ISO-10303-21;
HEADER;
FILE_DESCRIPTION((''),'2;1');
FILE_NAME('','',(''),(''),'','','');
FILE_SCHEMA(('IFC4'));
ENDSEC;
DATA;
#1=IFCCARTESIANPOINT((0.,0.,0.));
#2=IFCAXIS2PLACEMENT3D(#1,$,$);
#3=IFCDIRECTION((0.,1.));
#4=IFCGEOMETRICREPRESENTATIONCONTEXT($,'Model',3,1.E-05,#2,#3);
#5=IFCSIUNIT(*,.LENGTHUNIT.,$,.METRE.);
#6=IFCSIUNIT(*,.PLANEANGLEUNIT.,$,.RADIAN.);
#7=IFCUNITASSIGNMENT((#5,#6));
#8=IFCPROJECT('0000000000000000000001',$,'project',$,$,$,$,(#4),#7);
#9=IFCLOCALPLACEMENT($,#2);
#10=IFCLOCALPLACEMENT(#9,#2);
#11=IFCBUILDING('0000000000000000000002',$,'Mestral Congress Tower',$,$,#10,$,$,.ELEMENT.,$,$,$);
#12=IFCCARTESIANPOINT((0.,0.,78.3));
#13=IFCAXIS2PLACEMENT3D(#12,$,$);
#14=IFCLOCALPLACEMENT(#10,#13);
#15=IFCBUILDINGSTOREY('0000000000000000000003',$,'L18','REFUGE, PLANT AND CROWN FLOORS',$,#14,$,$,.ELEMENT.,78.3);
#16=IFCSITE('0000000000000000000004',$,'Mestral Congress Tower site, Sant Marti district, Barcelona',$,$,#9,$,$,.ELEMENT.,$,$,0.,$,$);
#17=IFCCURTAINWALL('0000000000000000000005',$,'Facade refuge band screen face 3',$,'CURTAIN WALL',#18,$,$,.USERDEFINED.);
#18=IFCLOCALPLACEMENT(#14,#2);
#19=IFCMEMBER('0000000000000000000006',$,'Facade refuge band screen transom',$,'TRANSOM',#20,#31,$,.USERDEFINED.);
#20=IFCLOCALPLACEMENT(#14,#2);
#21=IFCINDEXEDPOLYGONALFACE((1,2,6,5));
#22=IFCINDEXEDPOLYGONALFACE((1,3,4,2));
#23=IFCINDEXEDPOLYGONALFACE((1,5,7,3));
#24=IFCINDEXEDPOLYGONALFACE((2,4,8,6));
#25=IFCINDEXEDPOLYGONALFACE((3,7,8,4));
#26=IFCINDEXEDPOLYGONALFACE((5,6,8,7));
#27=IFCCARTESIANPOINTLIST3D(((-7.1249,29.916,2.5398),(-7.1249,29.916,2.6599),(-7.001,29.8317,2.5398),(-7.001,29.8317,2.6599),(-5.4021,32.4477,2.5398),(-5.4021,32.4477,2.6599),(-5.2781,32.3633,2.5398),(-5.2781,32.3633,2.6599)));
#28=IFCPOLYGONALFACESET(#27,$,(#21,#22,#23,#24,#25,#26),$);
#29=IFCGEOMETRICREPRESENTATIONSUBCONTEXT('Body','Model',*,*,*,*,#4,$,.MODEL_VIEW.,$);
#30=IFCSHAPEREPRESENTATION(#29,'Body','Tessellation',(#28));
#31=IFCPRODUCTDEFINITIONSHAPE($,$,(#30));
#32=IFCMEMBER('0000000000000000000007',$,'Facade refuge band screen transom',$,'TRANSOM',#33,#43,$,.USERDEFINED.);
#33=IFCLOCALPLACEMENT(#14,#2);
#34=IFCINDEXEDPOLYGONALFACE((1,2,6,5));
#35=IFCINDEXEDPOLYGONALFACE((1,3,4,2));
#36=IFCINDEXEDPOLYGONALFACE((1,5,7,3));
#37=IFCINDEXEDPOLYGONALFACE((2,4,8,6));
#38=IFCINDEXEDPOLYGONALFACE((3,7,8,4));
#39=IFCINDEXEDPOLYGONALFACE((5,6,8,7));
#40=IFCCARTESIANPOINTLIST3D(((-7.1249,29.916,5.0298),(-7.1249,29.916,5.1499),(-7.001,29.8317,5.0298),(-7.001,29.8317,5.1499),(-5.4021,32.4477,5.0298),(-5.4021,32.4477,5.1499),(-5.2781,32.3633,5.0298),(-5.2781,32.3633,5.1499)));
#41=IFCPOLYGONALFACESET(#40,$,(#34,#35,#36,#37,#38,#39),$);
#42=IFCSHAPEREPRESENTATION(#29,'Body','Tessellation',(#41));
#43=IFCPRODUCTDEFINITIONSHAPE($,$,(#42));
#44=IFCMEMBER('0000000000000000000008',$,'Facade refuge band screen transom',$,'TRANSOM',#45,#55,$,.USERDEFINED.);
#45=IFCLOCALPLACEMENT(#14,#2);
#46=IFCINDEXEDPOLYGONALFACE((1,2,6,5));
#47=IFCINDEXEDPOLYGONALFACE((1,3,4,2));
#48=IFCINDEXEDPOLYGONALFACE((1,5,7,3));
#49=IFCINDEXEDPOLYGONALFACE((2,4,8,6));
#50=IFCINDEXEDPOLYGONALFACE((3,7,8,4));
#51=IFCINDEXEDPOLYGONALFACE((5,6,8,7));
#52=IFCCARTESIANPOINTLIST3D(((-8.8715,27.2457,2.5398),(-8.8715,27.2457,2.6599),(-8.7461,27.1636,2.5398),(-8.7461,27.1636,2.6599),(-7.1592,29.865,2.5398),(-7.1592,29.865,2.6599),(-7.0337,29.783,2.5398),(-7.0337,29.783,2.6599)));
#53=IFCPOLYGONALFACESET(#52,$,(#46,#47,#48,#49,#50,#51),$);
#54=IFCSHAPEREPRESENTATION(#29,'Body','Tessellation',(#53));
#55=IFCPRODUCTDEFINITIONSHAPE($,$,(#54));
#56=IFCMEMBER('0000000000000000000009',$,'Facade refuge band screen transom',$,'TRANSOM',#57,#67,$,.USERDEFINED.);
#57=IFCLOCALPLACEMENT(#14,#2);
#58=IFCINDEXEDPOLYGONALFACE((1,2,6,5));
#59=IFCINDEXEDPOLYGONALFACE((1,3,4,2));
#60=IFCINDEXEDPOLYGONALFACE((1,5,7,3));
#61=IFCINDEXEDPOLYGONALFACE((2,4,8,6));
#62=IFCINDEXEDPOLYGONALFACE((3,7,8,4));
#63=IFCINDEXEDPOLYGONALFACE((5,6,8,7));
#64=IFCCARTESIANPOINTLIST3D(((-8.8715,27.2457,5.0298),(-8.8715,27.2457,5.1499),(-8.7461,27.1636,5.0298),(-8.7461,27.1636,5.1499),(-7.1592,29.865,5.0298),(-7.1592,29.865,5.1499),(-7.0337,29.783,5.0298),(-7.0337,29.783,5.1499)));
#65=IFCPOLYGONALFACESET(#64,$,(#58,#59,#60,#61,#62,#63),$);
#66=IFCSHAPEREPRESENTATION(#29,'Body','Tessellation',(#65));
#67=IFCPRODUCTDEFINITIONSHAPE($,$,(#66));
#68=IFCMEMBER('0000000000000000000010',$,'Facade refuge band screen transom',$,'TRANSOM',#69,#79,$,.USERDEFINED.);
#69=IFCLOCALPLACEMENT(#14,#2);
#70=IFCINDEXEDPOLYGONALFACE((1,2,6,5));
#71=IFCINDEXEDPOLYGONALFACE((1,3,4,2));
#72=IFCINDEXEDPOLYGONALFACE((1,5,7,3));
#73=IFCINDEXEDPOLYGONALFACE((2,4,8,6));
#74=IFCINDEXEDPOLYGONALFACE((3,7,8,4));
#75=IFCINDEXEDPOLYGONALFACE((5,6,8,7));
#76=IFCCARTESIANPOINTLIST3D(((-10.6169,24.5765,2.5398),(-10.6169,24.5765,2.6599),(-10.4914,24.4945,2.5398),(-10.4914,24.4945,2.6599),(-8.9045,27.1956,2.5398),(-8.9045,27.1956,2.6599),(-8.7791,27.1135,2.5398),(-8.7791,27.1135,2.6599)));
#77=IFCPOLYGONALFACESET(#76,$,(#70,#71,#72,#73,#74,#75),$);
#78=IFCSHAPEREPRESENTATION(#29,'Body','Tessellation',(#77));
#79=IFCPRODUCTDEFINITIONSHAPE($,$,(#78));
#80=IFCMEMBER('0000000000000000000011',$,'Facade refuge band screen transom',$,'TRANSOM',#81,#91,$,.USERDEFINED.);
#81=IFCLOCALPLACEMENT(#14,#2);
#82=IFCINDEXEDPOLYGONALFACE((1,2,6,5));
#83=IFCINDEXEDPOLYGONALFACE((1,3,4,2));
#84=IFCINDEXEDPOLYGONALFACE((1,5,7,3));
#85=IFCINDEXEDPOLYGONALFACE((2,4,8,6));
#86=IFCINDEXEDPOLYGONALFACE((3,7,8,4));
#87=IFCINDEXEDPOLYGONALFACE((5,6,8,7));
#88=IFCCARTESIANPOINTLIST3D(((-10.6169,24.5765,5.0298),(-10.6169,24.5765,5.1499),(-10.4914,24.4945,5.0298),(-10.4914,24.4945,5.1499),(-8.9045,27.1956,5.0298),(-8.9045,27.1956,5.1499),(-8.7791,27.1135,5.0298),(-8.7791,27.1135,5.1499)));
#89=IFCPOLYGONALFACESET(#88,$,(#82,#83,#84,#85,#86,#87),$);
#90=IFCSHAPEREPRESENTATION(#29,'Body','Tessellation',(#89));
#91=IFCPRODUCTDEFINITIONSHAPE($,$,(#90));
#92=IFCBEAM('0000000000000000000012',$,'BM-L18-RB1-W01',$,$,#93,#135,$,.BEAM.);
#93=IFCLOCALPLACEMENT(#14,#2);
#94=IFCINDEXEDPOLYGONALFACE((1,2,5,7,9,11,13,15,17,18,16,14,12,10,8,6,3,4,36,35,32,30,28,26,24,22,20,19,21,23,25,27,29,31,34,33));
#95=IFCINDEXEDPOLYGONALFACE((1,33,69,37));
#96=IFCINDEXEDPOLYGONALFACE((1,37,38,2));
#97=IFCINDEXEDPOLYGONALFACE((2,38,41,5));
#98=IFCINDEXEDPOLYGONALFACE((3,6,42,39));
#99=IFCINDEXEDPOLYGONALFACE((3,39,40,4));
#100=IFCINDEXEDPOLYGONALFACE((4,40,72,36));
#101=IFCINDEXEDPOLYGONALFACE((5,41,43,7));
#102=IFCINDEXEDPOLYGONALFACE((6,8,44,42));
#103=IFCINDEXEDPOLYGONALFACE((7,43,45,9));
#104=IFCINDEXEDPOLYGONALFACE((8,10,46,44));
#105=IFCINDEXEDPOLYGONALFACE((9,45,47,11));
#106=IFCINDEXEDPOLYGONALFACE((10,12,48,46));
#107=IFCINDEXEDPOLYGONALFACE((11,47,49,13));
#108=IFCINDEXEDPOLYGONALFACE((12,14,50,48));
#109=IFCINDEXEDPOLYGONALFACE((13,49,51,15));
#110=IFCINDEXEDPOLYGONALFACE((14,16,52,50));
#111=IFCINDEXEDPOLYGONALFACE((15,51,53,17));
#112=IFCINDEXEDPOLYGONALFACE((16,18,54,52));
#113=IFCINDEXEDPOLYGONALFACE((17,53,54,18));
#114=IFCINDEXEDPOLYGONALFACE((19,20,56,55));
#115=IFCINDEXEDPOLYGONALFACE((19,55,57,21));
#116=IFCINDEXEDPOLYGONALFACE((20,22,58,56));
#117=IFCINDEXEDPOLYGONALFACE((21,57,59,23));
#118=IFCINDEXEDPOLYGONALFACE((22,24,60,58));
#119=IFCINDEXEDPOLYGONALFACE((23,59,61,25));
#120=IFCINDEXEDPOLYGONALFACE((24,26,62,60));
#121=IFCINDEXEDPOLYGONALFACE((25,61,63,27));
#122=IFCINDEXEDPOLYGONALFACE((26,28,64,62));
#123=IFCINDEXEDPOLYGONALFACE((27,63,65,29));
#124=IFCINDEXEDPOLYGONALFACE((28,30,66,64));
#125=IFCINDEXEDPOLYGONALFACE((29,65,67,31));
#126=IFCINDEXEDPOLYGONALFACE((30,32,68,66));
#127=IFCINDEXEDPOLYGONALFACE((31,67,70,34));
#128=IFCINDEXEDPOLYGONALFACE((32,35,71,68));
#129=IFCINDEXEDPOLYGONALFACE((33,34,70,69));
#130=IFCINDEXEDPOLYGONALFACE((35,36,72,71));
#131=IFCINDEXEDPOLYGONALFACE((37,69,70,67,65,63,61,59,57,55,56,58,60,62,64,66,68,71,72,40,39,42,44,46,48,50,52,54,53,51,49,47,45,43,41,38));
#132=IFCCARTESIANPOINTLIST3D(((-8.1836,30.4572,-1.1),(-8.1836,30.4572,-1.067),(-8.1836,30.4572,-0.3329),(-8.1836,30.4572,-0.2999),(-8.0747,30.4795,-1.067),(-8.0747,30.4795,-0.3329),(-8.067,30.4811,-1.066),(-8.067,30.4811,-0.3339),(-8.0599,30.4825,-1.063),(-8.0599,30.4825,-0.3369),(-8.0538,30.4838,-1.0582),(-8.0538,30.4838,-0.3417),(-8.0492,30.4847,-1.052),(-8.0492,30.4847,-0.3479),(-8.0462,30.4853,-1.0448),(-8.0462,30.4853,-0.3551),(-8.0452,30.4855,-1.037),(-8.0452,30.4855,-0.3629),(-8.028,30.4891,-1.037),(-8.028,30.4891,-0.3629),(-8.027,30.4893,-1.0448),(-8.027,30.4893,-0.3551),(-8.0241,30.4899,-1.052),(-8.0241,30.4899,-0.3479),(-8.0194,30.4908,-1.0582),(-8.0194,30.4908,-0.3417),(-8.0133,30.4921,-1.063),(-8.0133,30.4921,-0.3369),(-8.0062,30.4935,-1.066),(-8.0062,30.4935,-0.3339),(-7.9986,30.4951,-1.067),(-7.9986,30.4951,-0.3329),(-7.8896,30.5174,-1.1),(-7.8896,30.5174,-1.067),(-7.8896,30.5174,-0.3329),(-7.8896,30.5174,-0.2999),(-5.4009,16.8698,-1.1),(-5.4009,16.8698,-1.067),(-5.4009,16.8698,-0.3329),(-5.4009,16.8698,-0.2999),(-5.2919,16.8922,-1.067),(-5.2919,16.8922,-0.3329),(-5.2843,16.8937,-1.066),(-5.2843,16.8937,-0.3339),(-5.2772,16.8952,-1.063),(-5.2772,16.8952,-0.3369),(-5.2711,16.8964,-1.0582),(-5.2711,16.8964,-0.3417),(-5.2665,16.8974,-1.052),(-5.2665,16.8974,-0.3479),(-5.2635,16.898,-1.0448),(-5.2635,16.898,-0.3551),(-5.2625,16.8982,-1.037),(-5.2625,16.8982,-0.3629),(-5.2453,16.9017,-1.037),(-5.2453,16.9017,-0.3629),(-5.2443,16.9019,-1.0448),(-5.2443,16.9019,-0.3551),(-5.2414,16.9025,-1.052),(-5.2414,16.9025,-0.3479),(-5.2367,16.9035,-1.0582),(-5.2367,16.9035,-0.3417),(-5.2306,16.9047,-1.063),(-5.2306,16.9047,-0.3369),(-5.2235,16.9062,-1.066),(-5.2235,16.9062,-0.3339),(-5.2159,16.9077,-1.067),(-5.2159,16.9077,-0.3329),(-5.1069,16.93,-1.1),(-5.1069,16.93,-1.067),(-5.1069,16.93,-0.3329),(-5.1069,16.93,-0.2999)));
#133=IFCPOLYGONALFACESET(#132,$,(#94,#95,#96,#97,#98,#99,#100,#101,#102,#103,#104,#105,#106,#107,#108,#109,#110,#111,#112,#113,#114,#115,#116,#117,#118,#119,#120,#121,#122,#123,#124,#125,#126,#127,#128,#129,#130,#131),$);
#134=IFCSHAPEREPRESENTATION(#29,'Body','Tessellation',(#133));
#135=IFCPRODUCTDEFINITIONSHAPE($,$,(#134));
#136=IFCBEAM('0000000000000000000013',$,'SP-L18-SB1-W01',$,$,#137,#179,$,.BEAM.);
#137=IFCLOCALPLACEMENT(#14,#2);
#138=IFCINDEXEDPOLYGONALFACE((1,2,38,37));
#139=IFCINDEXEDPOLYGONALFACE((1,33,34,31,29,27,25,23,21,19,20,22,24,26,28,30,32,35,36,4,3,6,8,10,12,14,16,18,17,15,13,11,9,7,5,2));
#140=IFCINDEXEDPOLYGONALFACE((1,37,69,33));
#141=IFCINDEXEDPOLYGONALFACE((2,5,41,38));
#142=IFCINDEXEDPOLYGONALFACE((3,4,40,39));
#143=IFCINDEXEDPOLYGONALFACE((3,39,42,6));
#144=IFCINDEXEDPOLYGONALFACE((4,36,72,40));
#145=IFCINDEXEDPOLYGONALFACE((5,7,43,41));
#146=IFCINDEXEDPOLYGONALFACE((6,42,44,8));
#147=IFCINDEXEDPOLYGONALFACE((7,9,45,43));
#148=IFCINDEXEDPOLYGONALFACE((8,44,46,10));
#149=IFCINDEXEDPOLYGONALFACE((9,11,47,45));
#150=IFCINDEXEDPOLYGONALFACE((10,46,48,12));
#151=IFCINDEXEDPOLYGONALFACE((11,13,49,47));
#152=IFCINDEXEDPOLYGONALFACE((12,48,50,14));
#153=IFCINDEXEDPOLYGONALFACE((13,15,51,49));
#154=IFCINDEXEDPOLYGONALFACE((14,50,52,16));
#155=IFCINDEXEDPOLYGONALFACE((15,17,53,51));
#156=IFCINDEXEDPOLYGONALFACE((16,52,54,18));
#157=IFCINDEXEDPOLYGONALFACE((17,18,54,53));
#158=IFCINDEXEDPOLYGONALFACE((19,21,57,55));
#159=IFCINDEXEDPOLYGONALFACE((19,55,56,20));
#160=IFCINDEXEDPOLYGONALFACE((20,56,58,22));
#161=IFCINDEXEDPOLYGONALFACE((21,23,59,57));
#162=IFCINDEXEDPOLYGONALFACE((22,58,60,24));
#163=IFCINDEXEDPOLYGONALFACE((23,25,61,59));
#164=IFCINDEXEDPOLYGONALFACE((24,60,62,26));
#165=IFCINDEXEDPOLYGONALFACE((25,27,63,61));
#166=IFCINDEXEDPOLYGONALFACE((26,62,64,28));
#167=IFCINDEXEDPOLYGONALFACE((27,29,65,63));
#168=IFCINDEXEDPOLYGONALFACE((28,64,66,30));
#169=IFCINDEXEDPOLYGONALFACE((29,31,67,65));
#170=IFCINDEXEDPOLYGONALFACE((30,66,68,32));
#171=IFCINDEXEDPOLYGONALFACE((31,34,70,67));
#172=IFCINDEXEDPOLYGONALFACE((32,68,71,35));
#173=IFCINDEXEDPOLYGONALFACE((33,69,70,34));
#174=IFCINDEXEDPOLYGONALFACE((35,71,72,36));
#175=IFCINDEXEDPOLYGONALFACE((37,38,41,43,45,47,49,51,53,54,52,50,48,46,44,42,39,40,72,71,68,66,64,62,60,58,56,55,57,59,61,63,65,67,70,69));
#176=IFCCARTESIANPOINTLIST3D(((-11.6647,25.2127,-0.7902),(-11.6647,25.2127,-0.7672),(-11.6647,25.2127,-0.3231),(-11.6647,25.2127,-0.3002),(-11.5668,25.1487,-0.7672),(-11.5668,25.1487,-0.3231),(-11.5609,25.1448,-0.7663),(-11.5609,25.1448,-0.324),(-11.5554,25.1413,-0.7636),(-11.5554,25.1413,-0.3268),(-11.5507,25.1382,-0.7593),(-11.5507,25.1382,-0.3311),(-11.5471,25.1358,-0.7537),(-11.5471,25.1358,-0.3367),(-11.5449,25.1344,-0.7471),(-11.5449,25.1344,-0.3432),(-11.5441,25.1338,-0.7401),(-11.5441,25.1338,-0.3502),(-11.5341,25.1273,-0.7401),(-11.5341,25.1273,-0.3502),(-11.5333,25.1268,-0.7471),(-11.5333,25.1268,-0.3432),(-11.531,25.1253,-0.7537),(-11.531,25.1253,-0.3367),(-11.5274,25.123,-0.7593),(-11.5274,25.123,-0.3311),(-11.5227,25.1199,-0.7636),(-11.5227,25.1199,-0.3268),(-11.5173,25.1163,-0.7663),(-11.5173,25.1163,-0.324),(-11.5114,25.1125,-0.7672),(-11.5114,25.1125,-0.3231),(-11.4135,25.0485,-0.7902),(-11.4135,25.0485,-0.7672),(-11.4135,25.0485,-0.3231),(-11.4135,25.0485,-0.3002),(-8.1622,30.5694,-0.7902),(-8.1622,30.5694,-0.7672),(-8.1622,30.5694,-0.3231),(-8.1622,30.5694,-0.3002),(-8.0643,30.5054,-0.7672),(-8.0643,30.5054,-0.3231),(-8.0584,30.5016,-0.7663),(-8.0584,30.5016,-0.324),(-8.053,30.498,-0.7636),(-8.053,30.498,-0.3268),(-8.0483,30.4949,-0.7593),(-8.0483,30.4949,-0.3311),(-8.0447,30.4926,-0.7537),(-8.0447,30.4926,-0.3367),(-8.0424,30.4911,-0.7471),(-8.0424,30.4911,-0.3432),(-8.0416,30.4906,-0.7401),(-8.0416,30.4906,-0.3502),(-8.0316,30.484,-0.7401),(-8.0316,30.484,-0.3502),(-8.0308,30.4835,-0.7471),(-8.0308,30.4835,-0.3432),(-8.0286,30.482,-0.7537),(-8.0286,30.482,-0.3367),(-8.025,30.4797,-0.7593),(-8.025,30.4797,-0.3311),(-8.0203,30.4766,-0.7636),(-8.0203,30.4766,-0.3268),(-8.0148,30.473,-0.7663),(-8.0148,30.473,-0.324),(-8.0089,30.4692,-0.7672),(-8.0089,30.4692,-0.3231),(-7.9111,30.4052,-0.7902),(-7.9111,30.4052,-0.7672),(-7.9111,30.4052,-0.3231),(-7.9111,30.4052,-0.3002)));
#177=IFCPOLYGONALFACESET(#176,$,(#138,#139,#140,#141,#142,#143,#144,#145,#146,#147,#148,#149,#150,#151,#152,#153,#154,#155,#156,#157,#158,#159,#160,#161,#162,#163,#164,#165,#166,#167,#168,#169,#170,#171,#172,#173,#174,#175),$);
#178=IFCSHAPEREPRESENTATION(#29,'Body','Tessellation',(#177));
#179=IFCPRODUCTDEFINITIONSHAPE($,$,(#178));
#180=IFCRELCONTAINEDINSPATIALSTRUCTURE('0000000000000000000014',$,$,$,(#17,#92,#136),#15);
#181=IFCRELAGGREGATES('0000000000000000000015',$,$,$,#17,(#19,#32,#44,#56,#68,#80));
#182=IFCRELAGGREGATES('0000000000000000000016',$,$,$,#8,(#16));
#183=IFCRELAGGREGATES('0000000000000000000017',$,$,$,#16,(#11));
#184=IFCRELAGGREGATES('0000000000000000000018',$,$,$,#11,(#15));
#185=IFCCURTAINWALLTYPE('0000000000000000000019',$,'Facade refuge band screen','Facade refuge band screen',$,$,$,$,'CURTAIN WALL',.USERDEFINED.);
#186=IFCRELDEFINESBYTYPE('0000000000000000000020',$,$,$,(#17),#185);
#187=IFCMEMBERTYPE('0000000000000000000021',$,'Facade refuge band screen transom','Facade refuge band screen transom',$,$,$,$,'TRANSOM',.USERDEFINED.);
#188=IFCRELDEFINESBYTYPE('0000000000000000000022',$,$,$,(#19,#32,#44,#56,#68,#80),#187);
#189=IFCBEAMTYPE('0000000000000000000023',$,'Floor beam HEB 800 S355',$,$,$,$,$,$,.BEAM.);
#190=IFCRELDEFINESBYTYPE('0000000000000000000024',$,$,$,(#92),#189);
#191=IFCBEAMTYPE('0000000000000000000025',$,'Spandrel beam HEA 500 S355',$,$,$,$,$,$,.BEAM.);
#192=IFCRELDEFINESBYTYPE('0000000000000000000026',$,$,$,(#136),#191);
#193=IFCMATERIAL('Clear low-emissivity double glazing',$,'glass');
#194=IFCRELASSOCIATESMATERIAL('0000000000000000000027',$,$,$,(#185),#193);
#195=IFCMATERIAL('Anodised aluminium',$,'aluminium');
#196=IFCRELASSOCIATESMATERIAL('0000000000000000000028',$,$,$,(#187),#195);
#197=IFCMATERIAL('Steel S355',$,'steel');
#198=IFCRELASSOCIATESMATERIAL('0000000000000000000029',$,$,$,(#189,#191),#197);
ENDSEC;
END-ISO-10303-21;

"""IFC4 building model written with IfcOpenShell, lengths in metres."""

from ifc_helpers import new_model, si_unit, direction, frame, origin, origin_2d, place, context, subcontext, project, spatial, rectangle, i_section, extrude, material, material_profile, profile_set, type_object, element, aggregate, save


model = new_model("IFC4")

# Units and contexts
model_context = context("Model", 3, precision=1e-05, world=origin(), true_north=direction((0.0, 1.0)))
body_context = subcontext(model_context, "Body", "Model", "MODEL_VIEW")
ifc_project = project(units=[si_unit("LENGTHUNIT", "METRE"), si_unit("PLANEANGLEUNIT", "RADIAN")], contexts=[model_context])

# Site, building, storey
site_placement = place(None, origin())
site = spatial("IfcSite", under=ifc_project, at=site_placement, Name="Mestral Congress Tower site, Sant Marti district, Barcelona", CompositionType="ELEMENT", RefElevation=0.0)
building_placement = place(site_placement, origin())
building = spatial("IfcBuilding", under=site, at=building_placement, Name="Mestral Congress Tower", CompositionType="ELEMENT")
storey_placement = place(building_placement, frame((0.0, 0.0, 78.3)))
storey = spatial("IfcBuildingStorey", under=building, at=storey_placement, Name="L18", Description="REFUGE, PLANT AND CROWN FLOORS", CompositionType="ELEMENT", Elevation=78.3)

# Shared definitions
ifc_material_1 = material(Name="Steel S355", Category="steel")

# Curtain wall, members
ifc_material_2 = material(Name="Clear low-emissivity double glazing", Category="glass")
curtain_wall_type = type_object("IfcCurtainWallType", Name="Facade refuge band screen", Description="Facade refuge band screen", ElementType="CURTAIN WALL", PredefinedType="USERDEFINED", material=ifc_material_2)
curtain_wall_placement = place(storey_placement, origin())
curtain_wall = element("IfcCurtainWall", 1, at=curtain_wall_placement, inside=storey, type_object=curtain_wall_type, Name="Facade refuge band screen face 3", ObjectType="CURTAIN WALL", PredefinedType="USERDEFINED")
ifc_material_3 = material(Name="Anodised aluminium", Category="aluminium")
ifc_material_profile_1 = material_profile(ifc_material_3, rectangle(XDim=0.1499, YDim=0.1201, at=origin_2d()), Name="CW3 transom 150 x 120")
ifc_profile_set_1 = profile_set([ifc_material_profile_1], Name="Anodised aluminium")
member_type_1 = type_object("IfcMemberType", Name="Facade refuge band screen transom", Description="Facade refuge band screen transom", ElementType="TRANSOM", PredefinedType="USERDEFINED", material=ifc_profile_set_1)
member_1_placement = place(storey_placement, frame((-5.3401, 32.4055, 2.5999), z_axis=(-0.562604, -0.826726, 0.0), x_axis=(0.826726, -0.562604, 0.0)))
member_1 = element("IfcMember", 2, at=member_1_placement, type_object=member_type_1, Name="Facade refuge band screen transom", ObjectType="TRANSOM", PredefinedType="USERDEFINED", context=body_context, shape_type="SweptSolid", body=[
    extrude(rectangle(XDim=0.1499, YDim=0.1201, at=origin_2d()), origin(), (0.0, 0.0, 1.0), 3.0623),
])
member_2_placement = place(storey_placement, frame((-5.3401, 32.4055, 5.0898), z_axis=(-0.562604, -0.826726, 0.0), x_axis=(0.826726, -0.562604, 0.0)))
member_2 = element("IfcMember", 3, at=member_2_placement, type_object=member_type_1, Name="Facade refuge band screen transom", ObjectType="TRANSOM", PredefinedType="USERDEFINED", context=body_context, shape_type="SweptSolid", body=[
    extrude(rectangle(XDim=0.1499, YDim=0.1201, at=origin_2d()), origin(), (0.0, 0.0, 1.0), 3.0623),
])
member_3_placement = place(storey_placement, frame((-7.0964, 29.824, 2.5999), z_axis=(-0.547188, -0.837009, 0.0), x_axis=(0.837009, -0.547188, 0.0)))
member_3 = element("IfcMember", 4, at=member_3_placement, type_object=member_type_1, Name="Facade refuge band screen transom", ObjectType="TRANSOM", PredefinedType="USERDEFINED", context=body_context, shape_type="SweptSolid", body=[
    extrude(rectangle(XDim=0.1499, YDim=0.1201, at=origin_2d()), origin(), (0.0, 0.0, 1.0), 3.1294),
])
member_4_placement = place(storey_placement, frame((-7.0964, 29.824, 5.0898), z_axis=(-0.547188, -0.837009, 0.0), x_axis=(0.837009, -0.547188, 0.0)))
member_4 = element("IfcMember", 5, at=member_4_placement, type_object=member_type_1, Name="Facade refuge band screen transom", ObjectType="TRANSOM", PredefinedType="USERDEFINED", context=body_context, shape_type="SweptSolid", body=[
    extrude(rectangle(XDim=0.1499, YDim=0.1201, at=origin_2d()), origin(), (0.0, 0.0, 1.0), 3.1294),
])
member_5_placement = place(storey_placement, frame((-8.8418, 27.1545, 2.5999), z_axis=(-0.547224, -0.836986, 0.0), x_axis=(0.836986, -0.547224, 0.0)))
member_5 = element("IfcMember", 6, at=member_5_placement, type_object=member_type_1, Name="Facade refuge band screen transom", ObjectType="TRANSOM", PredefinedType="USERDEFINED", context=body_context, shape_type="SweptSolid", body=[
    extrude(rectangle(XDim=0.1499, YDim=0.1201, at=origin_2d()), origin(), (0.0, 0.0, 1.0), 3.1292),
])
member_6_placement = place(storey_placement, frame((-8.8418, 27.1545, 5.0898), z_axis=(-0.547224, -0.836986, 0.0), x_axis=(0.836986, -0.547224, 0.0)))
member_6 = element("IfcMember", 7, at=member_6_placement, type_object=member_type_1, Name="Facade refuge band screen transom", ObjectType="TRANSOM", PredefinedType="USERDEFINED", context=body_context, shape_type="SweptSolid", body=[
    extrude(rectangle(XDim=0.1499, YDim=0.1201, at=origin_2d()), origin(), (0.0, 0.0, 1.0), 3.1292),
])

# Beams
ifc_material_profile_2 = material_profile(ifc_material_1, i_section(OverallWidth=0.3, OverallDepth=0.8, WebThickness=0.0176, FlangeThickness=0.033, FilletRadius=0.03, at=origin_2d()), Name="HEB 800")
ifc_profile_set_2 = profile_set([ifc_material_profile_2], Name="Steel S355")
beam_type_1 = type_object("IfcBeamType", Name="Floor beam HEB 800 S355", PredefinedType="BEAM", material=ifc_profile_set_2)
beam_1_placement = place(storey_placement, frame((-8.0366, 30.4873, -0.7), z_axis=(0.200637, -0.979666, 0.0), x_axis=(0.979666, 0.200637, 0.0)))
element("IfcBeam", 8, at=beam_1_placement, inside=storey, type_object=beam_type_1, Name="BM-L18-RB1-W01", PredefinedType="BEAM", context=body_context, shape_type="SweptSolid", body=[
    extrude(i_section(OverallWidth=0.3, OverallDepth=0.8, WebThickness=0.0176, FlangeThickness=0.033, FilletRadius=0.03, at=origin_2d()), origin(), (0.0, 0.0, 1.0), 13.8694),
])
ifc_material_profile_3 = material_profile(ifc_material_1, i_section(OverallWidth=0.3, OverallDepth=0.49, WebThickness=0.012, FlangeThickness=0.0229, FilletRadius=0.0271, at=origin_2d()), Name="HEA 500")
ifc_profile_set_3 = profile_set([ifc_material_profile_3], Name="Steel S355")
beam_type_2 = type_object("IfcBeamType", Name="Spandrel beam HEA 500 S355", PredefinedType="BEAM", material=ifc_profile_set_3)
beam_2_placement = place(storey_placement, frame((-8.0366, 30.4873, -0.5452), z_axis=(-0.547248, -0.83697, 0.0), x_axis=(0.83697, -0.547248, 0.0)))
element("IfcBeam", 9, at=beam_2_placement, inside=storey, type_object=beam_type_2, Name="SP-L18-SB1-W01", PredefinedType="BEAM", context=body_context, shape_type="SweptSolid", body=[
    extrude(i_section(OverallWidth=0.3, OverallDepth=0.49, WebThickness=0.012, FlangeThickness=0.0229, FilletRadius=0.0271, at=origin_2d()), origin(), (0.0, 0.0, 1.0), 6.4001),
])

aggregate(curtain_wall, [member_1, member_2, member_3, member_4, member_5, member_6])

save(model, "model.ifc")
